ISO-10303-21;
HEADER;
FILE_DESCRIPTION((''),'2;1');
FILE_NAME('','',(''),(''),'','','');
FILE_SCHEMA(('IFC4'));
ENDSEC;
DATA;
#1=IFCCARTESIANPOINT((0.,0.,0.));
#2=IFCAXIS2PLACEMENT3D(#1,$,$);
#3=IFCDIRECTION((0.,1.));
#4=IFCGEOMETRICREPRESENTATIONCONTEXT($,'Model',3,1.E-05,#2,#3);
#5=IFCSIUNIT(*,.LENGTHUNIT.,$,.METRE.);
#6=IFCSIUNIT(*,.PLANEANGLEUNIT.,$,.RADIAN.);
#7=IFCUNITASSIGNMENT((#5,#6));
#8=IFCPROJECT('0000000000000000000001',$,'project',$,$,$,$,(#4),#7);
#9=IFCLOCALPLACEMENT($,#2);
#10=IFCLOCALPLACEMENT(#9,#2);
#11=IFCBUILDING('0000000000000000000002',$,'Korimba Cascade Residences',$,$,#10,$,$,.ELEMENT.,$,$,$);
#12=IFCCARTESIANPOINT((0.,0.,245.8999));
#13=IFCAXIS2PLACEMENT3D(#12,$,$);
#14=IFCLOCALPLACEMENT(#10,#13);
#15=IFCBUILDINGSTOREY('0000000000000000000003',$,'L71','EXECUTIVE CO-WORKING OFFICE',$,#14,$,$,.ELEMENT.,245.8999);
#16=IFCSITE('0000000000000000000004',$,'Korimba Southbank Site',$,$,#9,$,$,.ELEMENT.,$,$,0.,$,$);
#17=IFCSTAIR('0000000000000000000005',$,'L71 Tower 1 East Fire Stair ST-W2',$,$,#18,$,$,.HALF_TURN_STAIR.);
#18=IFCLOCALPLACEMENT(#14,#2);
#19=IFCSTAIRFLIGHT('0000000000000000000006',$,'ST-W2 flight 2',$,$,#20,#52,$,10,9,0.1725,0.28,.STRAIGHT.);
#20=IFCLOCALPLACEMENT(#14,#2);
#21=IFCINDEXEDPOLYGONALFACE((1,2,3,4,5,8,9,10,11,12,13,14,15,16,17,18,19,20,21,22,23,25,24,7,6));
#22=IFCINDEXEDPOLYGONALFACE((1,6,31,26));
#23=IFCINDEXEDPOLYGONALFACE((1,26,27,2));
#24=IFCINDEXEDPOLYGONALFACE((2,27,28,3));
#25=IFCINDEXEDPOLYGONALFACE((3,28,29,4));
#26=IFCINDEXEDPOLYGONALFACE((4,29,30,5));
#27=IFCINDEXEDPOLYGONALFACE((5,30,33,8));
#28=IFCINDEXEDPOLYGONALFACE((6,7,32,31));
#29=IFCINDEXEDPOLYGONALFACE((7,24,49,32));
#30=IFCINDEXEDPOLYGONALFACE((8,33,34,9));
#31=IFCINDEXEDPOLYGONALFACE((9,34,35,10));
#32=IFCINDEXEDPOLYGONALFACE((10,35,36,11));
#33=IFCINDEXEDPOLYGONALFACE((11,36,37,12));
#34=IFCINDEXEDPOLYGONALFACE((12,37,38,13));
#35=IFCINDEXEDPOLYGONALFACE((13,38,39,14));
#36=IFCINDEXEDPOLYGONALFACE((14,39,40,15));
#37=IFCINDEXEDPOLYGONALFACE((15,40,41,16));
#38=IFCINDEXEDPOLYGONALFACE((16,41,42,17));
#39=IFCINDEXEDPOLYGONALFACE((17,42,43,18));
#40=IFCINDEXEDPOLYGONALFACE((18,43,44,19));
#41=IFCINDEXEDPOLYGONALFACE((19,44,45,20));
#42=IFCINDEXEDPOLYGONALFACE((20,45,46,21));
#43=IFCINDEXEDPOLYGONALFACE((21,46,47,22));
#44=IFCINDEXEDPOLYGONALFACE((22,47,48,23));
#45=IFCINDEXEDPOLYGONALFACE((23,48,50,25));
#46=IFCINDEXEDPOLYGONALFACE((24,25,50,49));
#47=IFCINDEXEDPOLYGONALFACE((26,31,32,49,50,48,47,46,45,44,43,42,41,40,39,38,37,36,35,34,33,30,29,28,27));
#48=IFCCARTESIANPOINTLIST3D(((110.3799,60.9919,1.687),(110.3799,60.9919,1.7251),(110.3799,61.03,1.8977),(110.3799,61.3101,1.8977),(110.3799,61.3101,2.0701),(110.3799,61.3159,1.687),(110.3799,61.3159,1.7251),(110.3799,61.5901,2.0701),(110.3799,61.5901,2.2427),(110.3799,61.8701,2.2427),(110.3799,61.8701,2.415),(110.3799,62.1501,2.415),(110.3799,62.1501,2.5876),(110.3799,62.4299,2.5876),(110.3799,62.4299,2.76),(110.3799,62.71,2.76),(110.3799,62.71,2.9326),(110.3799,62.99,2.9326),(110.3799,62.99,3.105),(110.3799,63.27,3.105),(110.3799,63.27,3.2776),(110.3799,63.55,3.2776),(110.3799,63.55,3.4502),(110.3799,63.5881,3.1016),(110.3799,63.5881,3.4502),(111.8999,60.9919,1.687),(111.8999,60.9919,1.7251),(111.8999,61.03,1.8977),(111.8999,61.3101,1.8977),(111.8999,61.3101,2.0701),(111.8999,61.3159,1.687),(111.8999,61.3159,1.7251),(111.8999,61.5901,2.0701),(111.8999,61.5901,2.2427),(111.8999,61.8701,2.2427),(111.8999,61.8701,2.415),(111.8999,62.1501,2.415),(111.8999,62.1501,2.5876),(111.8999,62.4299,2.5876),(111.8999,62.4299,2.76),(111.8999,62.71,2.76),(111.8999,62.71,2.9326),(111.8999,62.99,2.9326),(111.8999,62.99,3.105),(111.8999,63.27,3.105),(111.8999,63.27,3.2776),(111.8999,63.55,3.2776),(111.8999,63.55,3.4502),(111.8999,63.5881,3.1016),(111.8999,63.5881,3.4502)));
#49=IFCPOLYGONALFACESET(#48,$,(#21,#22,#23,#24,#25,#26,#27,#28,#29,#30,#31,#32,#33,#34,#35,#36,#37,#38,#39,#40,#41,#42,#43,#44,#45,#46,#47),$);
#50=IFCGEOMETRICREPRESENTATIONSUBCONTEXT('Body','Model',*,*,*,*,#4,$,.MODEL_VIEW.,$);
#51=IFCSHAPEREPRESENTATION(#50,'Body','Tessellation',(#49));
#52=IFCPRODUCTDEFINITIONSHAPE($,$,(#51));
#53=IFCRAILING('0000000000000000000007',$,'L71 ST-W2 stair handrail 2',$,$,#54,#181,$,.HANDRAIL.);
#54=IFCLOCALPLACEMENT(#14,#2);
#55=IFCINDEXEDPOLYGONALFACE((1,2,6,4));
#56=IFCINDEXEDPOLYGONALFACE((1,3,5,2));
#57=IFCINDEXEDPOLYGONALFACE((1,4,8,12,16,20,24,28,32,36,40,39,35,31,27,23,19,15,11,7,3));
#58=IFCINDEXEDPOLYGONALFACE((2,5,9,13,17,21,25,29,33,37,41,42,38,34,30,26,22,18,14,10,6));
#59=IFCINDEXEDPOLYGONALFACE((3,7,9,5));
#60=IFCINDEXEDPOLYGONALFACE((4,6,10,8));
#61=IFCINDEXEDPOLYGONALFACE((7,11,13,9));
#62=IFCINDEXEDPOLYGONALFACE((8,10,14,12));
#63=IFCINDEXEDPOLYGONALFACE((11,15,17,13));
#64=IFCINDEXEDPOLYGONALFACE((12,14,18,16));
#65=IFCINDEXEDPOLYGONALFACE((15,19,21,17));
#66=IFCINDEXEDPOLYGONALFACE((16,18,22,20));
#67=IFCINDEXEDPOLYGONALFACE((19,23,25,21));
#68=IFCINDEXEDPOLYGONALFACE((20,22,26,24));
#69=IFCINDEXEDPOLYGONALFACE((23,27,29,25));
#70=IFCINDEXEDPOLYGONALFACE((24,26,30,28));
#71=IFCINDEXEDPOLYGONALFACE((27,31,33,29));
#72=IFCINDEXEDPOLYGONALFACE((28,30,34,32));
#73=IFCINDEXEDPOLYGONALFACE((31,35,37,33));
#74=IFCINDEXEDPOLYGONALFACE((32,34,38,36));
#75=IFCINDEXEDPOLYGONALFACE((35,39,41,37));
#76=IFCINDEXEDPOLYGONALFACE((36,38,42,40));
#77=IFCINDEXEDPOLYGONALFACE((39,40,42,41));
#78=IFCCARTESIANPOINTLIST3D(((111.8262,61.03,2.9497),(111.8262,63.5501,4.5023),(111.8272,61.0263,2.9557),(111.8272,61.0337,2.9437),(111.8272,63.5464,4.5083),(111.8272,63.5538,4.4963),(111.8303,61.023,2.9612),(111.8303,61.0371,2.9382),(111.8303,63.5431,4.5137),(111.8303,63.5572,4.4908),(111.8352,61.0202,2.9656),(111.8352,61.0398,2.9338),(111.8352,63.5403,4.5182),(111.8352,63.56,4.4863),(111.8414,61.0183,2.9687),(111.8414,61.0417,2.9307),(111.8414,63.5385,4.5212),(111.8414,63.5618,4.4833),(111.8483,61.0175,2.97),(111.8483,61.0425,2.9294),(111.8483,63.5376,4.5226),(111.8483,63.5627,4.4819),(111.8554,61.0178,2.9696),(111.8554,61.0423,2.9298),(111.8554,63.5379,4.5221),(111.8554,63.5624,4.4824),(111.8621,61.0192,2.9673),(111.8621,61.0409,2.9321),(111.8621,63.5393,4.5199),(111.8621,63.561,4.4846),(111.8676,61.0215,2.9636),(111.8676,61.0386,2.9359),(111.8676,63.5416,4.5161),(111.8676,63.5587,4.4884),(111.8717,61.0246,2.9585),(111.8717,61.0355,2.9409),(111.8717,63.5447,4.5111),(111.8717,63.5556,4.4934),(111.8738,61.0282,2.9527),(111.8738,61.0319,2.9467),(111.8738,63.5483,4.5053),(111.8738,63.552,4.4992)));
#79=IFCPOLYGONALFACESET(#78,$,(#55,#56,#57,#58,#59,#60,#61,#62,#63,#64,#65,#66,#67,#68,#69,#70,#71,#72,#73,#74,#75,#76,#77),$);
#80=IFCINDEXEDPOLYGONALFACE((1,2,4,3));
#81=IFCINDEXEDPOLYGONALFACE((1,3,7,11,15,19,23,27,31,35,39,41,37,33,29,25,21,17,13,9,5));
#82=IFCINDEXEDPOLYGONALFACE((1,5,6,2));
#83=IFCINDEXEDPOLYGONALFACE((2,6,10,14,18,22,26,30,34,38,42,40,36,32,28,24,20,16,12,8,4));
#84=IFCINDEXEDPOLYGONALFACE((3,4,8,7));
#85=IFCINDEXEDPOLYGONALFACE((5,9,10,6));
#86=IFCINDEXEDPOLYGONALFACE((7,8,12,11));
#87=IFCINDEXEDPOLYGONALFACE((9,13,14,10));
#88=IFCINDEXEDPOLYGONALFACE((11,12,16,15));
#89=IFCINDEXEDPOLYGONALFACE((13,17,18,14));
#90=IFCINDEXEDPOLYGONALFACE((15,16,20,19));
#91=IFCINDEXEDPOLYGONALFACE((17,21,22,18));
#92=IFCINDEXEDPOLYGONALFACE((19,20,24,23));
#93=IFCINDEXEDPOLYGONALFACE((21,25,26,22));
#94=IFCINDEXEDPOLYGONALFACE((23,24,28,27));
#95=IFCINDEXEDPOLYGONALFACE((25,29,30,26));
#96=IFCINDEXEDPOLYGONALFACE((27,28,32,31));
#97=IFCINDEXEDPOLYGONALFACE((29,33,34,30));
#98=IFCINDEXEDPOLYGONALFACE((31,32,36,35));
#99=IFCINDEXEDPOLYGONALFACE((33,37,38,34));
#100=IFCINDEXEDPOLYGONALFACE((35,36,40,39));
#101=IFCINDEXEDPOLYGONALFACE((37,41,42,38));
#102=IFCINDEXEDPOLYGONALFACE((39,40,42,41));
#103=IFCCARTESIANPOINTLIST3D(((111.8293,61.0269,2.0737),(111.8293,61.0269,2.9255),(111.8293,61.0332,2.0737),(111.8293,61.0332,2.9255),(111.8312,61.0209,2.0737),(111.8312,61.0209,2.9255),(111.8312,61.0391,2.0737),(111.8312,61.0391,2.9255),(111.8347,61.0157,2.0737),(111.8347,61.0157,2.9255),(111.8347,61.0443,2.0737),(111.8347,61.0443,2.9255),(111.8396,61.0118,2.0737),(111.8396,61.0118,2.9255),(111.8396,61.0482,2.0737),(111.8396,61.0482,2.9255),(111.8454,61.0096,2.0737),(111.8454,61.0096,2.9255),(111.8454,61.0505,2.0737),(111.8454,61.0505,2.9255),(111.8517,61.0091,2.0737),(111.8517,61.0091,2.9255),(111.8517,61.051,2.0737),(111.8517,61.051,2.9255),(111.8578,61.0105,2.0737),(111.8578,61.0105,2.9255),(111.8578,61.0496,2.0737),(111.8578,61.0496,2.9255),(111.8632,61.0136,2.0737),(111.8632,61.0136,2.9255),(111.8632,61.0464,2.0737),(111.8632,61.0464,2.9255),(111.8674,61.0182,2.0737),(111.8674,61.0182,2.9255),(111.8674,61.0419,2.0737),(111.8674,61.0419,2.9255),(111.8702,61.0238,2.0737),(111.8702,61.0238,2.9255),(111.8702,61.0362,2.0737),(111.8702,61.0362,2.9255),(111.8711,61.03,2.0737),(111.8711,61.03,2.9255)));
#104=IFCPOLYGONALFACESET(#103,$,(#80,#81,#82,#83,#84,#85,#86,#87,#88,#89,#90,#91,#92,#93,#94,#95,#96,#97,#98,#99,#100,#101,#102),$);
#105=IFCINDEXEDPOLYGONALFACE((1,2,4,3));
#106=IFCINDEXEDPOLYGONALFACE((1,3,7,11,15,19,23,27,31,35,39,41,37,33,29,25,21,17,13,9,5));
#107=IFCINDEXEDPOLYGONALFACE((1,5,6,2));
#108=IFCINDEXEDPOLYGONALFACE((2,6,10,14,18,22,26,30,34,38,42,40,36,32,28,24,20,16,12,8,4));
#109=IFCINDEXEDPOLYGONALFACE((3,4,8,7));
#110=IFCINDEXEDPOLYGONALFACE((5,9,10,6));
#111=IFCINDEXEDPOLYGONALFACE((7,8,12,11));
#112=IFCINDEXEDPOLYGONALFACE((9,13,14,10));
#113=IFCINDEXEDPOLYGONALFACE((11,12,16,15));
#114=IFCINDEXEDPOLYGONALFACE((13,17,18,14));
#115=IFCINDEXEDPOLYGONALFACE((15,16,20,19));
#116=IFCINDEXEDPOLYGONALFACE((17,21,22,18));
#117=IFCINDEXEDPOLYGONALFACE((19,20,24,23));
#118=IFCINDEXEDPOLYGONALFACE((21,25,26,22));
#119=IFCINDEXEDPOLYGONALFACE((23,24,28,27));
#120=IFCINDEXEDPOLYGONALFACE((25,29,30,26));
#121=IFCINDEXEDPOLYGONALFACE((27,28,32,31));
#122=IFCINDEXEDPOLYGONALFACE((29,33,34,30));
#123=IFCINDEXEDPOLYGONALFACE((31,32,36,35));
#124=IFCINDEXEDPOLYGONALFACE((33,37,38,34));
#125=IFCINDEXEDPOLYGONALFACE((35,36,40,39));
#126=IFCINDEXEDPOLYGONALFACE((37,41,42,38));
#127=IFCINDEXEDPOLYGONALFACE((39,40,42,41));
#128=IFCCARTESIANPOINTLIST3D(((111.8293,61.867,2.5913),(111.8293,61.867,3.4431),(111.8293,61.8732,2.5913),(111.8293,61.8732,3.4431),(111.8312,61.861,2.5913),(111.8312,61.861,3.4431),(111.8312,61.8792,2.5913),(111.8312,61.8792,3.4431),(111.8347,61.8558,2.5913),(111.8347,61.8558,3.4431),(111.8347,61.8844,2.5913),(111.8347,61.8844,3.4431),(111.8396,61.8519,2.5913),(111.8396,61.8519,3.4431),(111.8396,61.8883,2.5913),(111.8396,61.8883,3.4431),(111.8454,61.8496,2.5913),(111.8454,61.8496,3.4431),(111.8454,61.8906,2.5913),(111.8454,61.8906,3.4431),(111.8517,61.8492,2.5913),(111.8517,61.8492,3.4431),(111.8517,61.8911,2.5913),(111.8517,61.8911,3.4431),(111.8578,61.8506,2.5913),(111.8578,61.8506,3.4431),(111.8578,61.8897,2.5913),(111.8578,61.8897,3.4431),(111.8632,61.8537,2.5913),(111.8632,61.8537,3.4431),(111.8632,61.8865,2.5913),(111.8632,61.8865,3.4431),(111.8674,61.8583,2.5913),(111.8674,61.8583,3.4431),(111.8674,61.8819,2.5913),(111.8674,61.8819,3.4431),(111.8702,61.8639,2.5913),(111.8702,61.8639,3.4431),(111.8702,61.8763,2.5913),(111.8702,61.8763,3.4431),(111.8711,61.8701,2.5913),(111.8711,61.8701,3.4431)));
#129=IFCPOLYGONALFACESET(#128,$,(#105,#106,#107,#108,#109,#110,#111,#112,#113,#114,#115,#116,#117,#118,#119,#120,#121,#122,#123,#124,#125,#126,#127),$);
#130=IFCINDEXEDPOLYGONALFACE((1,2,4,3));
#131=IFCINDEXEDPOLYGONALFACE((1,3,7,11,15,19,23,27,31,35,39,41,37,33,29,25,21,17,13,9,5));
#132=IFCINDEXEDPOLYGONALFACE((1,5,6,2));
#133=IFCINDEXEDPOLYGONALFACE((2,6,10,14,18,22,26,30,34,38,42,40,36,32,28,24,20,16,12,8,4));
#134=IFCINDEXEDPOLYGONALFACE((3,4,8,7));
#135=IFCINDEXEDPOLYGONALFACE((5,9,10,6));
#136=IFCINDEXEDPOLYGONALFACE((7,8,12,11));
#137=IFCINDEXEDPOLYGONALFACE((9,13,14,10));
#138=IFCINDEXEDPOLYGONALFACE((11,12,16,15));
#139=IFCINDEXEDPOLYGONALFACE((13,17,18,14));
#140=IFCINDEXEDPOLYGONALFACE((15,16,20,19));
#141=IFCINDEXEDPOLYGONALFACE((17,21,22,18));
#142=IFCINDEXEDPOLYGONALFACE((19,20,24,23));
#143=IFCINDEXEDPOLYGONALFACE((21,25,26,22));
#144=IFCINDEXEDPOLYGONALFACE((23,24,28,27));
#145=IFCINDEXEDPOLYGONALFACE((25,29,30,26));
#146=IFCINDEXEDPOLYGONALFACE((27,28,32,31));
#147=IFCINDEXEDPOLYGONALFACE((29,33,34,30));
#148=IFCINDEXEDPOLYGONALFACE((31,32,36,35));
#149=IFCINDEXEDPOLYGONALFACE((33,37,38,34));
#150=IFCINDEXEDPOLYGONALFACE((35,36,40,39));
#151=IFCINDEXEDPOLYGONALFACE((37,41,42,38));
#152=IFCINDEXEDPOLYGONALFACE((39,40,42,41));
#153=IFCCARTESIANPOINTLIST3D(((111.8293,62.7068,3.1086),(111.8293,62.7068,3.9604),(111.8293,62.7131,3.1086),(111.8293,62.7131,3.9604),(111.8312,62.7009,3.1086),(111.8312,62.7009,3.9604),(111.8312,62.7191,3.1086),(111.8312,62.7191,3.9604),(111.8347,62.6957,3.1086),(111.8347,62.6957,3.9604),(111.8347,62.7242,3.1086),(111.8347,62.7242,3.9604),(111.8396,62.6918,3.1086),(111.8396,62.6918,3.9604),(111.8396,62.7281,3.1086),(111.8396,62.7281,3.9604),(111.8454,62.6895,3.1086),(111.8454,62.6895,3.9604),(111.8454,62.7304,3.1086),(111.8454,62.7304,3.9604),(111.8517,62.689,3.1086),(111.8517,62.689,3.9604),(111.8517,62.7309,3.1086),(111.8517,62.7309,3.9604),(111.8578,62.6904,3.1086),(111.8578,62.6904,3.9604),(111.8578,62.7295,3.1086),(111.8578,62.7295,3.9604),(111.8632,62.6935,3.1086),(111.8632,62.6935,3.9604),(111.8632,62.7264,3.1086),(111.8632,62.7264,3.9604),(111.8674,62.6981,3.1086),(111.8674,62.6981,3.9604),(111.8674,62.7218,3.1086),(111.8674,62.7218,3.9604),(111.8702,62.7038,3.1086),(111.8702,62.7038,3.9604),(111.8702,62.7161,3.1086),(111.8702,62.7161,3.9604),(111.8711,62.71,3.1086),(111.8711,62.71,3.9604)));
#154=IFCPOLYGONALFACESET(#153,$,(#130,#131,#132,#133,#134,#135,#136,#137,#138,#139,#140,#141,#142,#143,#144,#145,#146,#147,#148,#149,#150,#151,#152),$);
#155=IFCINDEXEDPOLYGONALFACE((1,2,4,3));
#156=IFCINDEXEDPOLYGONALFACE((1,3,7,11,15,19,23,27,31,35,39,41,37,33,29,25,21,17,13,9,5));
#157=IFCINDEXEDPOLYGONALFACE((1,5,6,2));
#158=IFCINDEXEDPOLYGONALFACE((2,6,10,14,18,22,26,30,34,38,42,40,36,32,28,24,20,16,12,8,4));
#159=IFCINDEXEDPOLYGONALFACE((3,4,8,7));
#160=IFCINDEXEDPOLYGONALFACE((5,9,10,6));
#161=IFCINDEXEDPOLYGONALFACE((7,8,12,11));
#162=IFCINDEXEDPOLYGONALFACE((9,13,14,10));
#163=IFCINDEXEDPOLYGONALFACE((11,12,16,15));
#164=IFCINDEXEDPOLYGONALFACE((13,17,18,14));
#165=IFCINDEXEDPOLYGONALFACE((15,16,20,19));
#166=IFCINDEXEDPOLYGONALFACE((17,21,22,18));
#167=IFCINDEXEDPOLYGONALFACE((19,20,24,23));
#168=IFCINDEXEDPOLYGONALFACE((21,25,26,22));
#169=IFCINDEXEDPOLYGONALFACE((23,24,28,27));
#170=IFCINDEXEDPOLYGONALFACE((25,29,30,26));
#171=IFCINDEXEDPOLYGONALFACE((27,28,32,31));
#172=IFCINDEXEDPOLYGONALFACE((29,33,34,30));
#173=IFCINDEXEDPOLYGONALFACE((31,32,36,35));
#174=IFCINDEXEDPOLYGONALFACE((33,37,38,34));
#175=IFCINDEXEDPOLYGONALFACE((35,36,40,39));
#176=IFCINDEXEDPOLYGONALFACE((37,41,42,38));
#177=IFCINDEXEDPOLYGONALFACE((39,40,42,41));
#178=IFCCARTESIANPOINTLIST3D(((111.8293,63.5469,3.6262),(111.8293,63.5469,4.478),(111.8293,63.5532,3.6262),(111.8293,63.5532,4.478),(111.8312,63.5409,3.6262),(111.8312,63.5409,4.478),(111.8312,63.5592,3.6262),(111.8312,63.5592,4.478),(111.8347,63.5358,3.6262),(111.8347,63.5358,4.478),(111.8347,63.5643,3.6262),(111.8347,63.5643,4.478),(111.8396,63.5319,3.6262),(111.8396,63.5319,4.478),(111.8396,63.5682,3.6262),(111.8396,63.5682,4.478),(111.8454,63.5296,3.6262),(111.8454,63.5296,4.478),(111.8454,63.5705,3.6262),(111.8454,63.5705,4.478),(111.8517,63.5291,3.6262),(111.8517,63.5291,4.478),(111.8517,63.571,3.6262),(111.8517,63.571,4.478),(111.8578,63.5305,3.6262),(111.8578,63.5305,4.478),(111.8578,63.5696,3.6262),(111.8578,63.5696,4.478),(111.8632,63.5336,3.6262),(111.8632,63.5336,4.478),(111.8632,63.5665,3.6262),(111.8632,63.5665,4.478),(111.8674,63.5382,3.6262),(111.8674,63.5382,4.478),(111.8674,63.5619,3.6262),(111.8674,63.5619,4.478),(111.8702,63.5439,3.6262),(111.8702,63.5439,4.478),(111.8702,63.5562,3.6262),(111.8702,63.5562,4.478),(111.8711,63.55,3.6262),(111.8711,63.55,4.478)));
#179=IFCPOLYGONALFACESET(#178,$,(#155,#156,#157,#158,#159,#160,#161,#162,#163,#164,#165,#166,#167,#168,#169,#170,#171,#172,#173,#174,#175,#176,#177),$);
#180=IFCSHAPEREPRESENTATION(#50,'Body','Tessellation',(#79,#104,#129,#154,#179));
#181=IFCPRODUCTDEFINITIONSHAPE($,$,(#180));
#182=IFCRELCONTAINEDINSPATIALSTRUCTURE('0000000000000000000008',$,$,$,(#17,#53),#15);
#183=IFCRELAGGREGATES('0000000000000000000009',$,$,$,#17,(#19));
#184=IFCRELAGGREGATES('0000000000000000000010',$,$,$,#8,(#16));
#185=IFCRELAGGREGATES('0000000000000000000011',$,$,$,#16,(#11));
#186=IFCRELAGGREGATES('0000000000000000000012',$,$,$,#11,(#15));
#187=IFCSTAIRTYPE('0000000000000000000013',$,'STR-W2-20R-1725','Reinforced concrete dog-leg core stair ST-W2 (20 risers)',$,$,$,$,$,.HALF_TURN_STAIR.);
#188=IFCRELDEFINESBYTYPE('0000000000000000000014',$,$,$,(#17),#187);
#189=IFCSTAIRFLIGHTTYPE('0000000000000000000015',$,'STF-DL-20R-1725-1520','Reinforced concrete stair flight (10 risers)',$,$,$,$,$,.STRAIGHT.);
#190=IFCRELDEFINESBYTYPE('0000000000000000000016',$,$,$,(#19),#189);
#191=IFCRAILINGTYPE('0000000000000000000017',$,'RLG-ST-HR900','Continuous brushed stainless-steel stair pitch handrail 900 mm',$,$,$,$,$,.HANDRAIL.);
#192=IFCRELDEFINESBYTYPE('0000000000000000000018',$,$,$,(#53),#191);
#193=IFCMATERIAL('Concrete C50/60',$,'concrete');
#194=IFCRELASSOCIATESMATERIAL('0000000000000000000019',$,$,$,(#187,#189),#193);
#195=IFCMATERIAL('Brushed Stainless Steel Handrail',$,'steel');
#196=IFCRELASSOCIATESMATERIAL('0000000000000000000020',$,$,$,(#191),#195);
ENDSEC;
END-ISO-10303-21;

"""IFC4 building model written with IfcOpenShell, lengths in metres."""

from ifc_helpers import new_model, si_unit, direction, frame, origin, origin_2d, place, context, subcontext, project, spatial, polyline, circle, outline, extrude, material, type_object, element, aggregate, save


model = new_model("IFC4")

# Units and contexts
model_context = context("Model", 3, precision=1e-05, world=origin(), true_north=direction((0.0, 1.0)))
body_context = subcontext(model_context, "Body", "Model", "MODEL_VIEW")
ifc_project = project(units=[si_unit("LENGTHUNIT", "METRE"), si_unit("PLANEANGLEUNIT", "RADIAN")], contexts=[model_context])

# Site, building, storey
site_placement = place(None, origin())
site = spatial("IfcSite", under=ifc_project, at=site_placement, Name="Korimba Southbank Site", CompositionType="ELEMENT", RefElevation=0.0)
building_placement = place(site_placement, origin())
building = spatial("IfcBuilding", under=site, at=building_placement, Name="Korimba Cascade Residences", CompositionType="ELEMENT")
storey_placement = place(building_placement, frame((0.0, 0.0, 245.8999)))
storey = spatial("IfcBuildingStorey", under=building, at=storey_placement, Name="L71", Description="EXECUTIVE CO-WORKING OFFICE", CompositionType="ELEMENT", Elevation=245.8999)

# Shared definitions
ifc_material_1 = material(Name="Concrete C50/60", Category="concrete")

# Stair, stair flight
stair_type = type_object("IfcStairType", Name="STR-W2-20R-1725", Description="Reinforced concrete dog-leg core stair ST-W2 (20 risers)", PredefinedType="HALF_TURN_STAIR", material=ifc_material_1)
stair_placement = place(storey_placement, origin())
stair = element("IfcStair", 1, at=stair_placement, inside=storey, type_object=stair_type, Name="L71 Tower 1 East Fire Stair ST-W2", PredefinedType="HALF_TURN_STAIR")
stair_flight_type = type_object("IfcStairFlightType", Name="STF-DL-20R-1725-1520", Description="Reinforced concrete stair flight (10 risers)", PredefinedType="STRAIGHT", material=ifc_material_1)
stair_flight_placement = place(storey_placement, frame((111.1399, 61.03, 1.7251), z_axis=(0.0, 0.0, 1.0), x_axis=(0.0, 1.0, 0.0)))
stair_flight = element("IfcStairFlight", 2, at=stair_flight_placement, type_object=stair_flight_type, Name="ST-W2 flight 2", NumberOfRisers=10, NumberOfTreads=9, PredefinedType="STRAIGHT", RiserHeight=0.1725, TreadLength=0.28, context=body_context, shape_type="SweptSolid", body=[
    extrude(outline(polyline([(-0.0381, 0.0), (0.0, 0.1726), (0.28, 0.1726), (0.28, 0.345), (0.5601, 0.345), (0.5601, 0.5176), (0.8401, 0.5176), (0.8401, 0.6899), (1.1201, 0.6899), (1.1201, 0.8625), (1.3999, 0.8625), (1.3999, 1.0349), (1.6799, 1.0349), (1.6799, 1.2075), (1.96, 1.2075), (1.96, 1.3799), (2.24, 1.3799), (2.24, 1.5525), (2.52, 1.5525), (2.52, 1.7251), (2.5581, 1.7251), (2.5581, 1.3765), (0.2859, 0.0), (0.2859, -0.0381), (-0.0381, -0.0381), (-0.0381, 0.0)])), frame((0.0, 0.76, 0.0), z_axis=(0.0, -1.0, 0.0), x_axis=(1.0, 0.0, 0.0)), (0.0, 0.0, 1.0), 1.52),
])
aggregate(stair, [stair_flight])

# Railing
ifc_material_2 = material(Name="Brushed Stainless Steel Handrail", Category="steel")
railing_type = type_object("IfcRailingType", Name="RLG-ST-HR900", Description="Continuous brushed stainless-steel stair pitch handrail 900 mm", PredefinedType="HANDRAIL", material=ifc_material_2)
railing_placement = place(storey_placement, frame((111.8501, 61.03, 2.0737)))
element("IfcRailing", 3, at=railing_placement, inside=storey, type_object=railing_type, Name="L71 ST-W2 stair handrail 2", PredefinedType="HANDRAIL", context=body_context, shape_type="SweptSolid", body=[
    extrude(circle(Radius=0.0239, at=origin_2d()), frame((0.0, 0.0, 0.876), z_axis=(0.0, 0.8514, 0.524516), x_axis=(-1.0, 0.0, 0.0)), (0.0, 0.0, 1.0), 2.96),
    extrude(circle(Radius=0.021, at=origin_2d()), origin(), (0.0, 0.0, 1.0), 0.8518),
    extrude(circle(Radius=0.021, at=origin_2d()), frame((0.0, 0.8401, 0.5176)), (0.0, 0.0, 1.0), 0.8518),
    extrude(circle(Radius=0.021, at=origin_2d()), frame((0.0, 1.6799, 1.0349)), (0.0, 0.0, 1.0), 0.8518),
    extrude(circle(Radius=0.021, at=origin_2d()), frame((0.0, 2.52, 1.5525)), (0.0, 0.0, 1.0), 0.8518),
])

save(model, "model.ifc")
